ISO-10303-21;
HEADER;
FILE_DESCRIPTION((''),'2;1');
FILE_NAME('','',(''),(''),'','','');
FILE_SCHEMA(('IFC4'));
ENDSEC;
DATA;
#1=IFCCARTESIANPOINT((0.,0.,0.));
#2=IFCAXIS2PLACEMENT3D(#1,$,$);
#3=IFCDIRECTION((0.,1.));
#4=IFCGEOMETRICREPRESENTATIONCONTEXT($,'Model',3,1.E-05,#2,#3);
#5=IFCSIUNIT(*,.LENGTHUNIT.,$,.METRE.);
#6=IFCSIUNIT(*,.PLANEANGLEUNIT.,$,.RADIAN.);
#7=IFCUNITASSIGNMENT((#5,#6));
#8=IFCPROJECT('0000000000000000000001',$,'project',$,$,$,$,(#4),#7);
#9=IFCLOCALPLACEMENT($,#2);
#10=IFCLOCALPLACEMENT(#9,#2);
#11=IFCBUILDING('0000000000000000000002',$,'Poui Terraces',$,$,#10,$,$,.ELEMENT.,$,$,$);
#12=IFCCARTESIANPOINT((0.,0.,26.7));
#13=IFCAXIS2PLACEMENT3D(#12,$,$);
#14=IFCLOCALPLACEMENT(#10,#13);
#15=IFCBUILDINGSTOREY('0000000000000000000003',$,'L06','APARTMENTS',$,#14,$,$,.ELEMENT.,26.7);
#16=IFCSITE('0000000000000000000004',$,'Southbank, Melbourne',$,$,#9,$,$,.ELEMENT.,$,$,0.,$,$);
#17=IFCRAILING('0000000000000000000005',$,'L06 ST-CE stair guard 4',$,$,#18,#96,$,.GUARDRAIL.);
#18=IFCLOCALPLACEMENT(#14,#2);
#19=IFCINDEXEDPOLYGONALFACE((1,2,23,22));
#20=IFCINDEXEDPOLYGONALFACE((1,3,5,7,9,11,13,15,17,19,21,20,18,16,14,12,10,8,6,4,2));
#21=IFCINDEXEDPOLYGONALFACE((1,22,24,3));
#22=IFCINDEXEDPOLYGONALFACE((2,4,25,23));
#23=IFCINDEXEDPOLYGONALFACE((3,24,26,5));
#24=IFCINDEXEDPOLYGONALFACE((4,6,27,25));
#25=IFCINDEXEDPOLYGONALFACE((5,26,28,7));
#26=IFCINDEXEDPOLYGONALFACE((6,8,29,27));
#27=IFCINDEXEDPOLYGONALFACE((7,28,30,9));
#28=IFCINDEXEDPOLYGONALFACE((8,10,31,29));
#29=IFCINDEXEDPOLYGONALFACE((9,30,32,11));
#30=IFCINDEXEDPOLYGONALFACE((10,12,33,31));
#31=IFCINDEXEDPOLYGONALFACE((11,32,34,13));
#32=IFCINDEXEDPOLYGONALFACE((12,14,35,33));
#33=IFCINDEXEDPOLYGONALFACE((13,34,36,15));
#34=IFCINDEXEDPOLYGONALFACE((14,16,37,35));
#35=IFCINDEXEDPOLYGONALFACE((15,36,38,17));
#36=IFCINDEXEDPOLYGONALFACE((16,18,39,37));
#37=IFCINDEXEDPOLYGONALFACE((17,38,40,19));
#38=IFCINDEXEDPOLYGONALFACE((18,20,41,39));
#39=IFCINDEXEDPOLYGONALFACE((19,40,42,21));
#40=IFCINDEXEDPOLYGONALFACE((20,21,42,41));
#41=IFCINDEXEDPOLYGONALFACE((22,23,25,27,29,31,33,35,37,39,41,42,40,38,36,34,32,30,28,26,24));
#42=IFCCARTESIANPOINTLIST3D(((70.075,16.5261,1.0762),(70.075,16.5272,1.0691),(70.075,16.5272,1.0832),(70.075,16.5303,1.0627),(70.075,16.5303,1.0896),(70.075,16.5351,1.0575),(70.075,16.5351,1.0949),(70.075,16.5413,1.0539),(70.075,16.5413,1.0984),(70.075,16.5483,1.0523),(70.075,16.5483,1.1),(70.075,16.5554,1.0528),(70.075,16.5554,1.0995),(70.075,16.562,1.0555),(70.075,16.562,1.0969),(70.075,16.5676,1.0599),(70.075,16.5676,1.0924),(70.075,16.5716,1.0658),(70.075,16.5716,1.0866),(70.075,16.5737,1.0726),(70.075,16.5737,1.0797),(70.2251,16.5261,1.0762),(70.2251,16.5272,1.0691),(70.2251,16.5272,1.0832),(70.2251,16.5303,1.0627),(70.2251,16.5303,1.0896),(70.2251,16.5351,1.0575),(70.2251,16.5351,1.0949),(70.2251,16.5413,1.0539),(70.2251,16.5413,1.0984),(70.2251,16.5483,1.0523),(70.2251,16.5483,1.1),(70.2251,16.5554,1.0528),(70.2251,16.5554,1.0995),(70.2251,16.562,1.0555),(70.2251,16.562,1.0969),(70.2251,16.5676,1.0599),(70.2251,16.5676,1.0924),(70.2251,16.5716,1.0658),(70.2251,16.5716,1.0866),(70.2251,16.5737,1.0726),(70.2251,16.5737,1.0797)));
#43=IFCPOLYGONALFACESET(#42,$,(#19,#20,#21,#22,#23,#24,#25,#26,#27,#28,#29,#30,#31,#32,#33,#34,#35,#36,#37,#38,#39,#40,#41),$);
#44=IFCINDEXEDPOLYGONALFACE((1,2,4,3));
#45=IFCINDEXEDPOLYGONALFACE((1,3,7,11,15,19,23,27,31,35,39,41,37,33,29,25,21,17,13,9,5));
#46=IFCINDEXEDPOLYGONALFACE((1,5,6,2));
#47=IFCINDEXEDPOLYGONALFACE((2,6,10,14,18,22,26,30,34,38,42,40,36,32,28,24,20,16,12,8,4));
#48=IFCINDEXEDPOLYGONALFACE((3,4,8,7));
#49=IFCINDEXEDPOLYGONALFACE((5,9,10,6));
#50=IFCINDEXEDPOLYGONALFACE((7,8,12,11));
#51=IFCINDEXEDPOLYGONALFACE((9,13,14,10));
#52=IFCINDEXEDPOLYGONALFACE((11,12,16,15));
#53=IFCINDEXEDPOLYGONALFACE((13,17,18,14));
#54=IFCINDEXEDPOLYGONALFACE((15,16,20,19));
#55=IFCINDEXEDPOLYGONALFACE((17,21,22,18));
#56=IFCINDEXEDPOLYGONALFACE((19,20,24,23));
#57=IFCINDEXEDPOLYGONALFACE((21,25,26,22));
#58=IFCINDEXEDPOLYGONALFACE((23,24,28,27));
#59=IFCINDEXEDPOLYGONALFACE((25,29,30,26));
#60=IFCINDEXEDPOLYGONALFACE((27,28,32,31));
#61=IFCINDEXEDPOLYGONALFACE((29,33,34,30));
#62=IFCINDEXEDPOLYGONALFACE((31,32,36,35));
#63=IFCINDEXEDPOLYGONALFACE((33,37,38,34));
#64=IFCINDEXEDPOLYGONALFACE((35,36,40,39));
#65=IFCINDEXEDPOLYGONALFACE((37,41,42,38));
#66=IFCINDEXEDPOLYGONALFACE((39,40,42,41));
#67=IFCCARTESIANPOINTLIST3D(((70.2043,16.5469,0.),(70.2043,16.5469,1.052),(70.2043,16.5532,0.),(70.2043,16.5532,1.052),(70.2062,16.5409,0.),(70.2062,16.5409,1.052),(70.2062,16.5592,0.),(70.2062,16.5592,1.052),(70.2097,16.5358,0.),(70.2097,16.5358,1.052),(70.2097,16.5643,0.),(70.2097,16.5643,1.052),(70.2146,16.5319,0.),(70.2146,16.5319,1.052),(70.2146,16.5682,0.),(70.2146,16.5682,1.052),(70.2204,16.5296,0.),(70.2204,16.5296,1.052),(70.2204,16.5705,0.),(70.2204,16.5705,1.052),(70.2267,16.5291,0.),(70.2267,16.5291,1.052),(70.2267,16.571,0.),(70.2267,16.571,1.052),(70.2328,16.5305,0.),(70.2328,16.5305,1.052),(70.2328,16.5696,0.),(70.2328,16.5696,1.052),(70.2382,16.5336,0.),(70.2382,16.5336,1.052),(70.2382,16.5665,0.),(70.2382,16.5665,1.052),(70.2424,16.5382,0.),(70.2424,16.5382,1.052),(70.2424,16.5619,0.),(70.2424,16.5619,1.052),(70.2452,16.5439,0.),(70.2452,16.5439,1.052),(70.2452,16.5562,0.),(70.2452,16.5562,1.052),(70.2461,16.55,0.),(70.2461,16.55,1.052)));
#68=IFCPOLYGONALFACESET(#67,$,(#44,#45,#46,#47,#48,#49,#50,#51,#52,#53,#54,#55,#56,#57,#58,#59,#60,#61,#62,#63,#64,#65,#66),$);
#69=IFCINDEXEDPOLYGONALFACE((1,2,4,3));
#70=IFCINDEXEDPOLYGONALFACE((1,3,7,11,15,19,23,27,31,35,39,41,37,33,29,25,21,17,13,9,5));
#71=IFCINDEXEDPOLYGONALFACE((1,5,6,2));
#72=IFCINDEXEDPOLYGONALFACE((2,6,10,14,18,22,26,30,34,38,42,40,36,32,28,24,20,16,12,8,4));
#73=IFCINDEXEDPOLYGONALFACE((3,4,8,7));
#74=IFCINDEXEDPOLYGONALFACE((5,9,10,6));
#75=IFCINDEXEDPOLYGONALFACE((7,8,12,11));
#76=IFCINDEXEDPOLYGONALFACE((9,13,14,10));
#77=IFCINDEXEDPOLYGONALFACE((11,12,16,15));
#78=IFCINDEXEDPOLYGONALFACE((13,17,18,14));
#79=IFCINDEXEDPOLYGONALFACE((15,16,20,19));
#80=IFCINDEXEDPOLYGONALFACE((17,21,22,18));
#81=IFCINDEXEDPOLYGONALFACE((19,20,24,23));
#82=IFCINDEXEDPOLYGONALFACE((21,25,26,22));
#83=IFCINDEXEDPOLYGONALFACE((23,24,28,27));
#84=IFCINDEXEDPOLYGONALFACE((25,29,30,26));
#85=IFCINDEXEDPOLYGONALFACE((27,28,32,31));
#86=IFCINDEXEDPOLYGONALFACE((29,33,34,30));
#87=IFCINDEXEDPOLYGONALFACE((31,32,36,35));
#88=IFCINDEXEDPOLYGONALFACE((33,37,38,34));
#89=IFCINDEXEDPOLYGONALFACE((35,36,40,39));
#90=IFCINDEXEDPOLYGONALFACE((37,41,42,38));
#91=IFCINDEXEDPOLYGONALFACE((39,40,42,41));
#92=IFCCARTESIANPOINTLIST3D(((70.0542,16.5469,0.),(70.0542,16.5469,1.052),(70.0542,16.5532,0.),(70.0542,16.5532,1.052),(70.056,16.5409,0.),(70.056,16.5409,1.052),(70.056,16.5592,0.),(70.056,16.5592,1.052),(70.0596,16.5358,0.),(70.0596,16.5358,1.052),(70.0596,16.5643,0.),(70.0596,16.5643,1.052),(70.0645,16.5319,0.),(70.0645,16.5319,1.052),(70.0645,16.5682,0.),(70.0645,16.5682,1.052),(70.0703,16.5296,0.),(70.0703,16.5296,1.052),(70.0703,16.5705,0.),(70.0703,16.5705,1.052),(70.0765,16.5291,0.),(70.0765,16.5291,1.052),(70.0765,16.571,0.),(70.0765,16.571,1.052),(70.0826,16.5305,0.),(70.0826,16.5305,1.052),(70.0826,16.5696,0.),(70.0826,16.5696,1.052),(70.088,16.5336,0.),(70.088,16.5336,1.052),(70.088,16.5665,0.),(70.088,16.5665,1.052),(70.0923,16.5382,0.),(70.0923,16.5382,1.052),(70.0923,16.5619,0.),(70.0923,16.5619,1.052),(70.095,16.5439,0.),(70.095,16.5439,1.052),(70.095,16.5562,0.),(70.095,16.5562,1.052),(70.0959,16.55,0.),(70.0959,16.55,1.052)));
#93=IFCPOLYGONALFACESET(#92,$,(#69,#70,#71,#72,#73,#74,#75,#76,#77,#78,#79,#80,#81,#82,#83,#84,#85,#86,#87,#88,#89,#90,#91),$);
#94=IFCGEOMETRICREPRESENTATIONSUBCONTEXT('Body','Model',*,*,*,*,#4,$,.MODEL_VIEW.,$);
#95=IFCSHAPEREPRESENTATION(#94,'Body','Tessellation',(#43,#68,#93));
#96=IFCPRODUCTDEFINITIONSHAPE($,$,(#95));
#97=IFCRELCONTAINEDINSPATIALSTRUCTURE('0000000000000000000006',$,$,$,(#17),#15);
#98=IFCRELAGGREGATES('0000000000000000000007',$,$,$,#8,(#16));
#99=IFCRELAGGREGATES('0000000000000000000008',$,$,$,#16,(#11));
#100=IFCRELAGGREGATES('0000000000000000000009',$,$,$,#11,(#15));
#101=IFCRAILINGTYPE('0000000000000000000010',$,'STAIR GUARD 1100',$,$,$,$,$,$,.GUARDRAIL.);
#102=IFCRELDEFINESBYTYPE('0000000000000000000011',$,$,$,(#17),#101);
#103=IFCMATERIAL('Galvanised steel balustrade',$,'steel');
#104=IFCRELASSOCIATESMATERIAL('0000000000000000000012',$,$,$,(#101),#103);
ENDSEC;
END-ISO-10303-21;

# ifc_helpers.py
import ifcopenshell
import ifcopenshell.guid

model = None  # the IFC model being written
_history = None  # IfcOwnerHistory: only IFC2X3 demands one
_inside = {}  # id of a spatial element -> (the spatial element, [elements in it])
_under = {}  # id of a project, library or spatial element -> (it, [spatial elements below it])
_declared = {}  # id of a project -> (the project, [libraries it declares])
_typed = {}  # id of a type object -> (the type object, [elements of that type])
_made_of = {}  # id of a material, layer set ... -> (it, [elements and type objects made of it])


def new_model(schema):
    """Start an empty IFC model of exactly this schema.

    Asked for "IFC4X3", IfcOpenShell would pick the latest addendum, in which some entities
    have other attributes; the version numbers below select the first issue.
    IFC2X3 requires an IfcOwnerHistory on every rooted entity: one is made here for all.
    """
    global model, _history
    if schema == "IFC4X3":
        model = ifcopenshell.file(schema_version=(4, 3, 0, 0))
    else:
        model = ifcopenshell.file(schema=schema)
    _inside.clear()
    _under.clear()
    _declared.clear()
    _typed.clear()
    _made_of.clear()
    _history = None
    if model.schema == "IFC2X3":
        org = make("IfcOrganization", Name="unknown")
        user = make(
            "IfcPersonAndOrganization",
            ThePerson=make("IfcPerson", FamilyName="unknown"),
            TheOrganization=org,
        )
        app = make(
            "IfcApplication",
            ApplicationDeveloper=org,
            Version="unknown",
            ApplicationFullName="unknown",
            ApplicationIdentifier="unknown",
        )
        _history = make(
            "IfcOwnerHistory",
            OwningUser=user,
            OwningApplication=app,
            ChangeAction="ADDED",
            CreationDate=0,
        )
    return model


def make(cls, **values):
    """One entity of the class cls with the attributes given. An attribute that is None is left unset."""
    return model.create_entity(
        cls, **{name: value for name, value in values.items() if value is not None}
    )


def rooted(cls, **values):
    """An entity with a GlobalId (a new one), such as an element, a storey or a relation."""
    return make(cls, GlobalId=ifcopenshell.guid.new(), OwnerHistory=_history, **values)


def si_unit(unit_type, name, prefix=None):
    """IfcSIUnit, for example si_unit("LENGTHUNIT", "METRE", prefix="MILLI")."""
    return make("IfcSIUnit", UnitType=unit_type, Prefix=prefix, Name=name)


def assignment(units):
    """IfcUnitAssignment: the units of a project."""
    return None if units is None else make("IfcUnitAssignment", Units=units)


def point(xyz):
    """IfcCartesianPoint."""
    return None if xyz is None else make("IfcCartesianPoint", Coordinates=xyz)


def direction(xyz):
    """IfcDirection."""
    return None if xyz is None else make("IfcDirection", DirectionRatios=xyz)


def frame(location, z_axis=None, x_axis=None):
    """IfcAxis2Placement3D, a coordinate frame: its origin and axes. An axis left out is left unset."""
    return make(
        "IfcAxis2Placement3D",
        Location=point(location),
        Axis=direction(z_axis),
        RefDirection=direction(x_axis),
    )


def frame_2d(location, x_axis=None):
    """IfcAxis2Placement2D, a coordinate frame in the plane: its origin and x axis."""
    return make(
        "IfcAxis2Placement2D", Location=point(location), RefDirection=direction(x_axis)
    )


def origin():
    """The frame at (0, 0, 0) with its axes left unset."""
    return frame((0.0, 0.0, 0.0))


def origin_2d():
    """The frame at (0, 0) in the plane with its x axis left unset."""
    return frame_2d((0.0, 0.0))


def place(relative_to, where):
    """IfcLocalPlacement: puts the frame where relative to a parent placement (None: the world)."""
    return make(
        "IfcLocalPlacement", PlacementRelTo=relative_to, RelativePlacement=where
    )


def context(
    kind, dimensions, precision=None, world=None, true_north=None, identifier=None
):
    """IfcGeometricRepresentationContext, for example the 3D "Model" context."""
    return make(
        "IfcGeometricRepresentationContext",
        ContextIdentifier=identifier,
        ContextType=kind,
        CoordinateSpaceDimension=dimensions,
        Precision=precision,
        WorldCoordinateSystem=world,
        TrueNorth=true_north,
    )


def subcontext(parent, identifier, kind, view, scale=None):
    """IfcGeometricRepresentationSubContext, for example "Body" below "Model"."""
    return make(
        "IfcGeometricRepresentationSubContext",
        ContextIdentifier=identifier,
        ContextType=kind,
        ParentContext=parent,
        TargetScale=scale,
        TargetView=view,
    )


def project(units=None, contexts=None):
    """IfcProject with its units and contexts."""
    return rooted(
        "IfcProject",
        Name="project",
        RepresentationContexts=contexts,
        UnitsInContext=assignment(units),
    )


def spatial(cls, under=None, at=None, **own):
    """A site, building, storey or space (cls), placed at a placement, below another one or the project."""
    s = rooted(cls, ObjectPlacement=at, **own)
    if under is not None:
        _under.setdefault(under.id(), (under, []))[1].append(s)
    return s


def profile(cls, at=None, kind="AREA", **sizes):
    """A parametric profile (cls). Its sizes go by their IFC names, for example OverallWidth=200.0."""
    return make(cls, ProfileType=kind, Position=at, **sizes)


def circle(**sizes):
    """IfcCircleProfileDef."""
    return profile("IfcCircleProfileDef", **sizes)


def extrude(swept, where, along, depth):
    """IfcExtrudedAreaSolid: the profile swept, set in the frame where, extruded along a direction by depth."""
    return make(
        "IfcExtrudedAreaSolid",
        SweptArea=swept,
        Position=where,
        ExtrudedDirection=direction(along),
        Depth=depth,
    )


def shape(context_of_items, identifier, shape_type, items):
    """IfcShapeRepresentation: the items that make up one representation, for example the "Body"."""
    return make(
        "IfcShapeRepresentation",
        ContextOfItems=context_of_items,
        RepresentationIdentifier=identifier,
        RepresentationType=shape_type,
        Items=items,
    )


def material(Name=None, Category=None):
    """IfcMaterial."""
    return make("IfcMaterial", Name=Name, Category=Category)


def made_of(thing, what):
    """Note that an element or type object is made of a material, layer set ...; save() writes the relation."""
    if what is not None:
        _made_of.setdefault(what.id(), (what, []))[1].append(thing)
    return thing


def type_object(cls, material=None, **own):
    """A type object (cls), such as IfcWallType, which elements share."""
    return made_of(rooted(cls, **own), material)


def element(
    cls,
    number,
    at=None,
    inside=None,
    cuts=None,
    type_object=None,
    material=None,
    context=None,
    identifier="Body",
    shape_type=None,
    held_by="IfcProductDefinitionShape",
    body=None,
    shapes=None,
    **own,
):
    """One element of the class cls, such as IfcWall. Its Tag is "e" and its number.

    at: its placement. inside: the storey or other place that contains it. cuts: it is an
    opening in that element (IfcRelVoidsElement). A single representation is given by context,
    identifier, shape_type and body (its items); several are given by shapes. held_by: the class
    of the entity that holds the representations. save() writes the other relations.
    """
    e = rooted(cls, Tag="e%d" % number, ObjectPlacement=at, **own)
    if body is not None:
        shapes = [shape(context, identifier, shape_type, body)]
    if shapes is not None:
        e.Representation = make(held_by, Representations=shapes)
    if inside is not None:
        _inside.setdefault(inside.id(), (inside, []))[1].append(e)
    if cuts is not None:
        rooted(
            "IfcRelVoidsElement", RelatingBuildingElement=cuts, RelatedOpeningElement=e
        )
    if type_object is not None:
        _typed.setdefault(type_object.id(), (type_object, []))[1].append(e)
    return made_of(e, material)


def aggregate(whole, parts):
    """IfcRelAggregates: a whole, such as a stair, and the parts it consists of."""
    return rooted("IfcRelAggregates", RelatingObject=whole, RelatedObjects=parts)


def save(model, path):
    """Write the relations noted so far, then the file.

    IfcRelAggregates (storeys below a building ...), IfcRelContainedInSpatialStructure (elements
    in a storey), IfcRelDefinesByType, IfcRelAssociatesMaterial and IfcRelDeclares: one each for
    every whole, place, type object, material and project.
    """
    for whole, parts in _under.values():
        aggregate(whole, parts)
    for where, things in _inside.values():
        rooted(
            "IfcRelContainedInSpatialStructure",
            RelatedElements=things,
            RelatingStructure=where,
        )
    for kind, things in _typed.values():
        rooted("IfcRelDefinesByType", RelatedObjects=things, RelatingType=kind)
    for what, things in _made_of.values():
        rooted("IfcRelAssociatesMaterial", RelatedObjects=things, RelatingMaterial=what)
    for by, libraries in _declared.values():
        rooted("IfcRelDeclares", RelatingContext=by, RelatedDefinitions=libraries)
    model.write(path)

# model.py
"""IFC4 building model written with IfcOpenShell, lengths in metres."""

from ifc_helpers import new_model, si_unit, direction, frame, origin, origin_2d, place, context, subcontext, project, spatial, circle, extrude, material, type_object, element, save


model = new_model("IFC4")

# Units and contexts
model_context = context("Model", 3, precision=1e-05, world=origin(), true_north=direction((0.0, 1.0)))
body_context = subcontext(model_context, "Body", "Model", "MODEL_VIEW")
ifc_project = project(units=[si_unit("LENGTHUNIT", "METRE"), si_unit("PLANEANGLEUNIT", "RADIAN")], contexts=[model_context])

# Site, building, storey
site_placement = place(None, origin())
site = spatial("IfcSite", under=ifc_project, at=site_placement, Name="Southbank, Melbourne", CompositionType="ELEMENT", RefElevation=0.0)
building_placement = place(site_placement, origin())
building = spatial("IfcBuilding", under=site, at=building_placement, Name="Poui Terraces", CompositionType="ELEMENT")
storey_placement = place(building_placement, frame((0.0, 0.0, 26.7)))
storey = spatial("IfcBuildingStorey", under=building, at=storey_placement, Name="L06", Description="APARTMENTS", CompositionType="ELEMENT", Elevation=26.7)

# Railing
ifc_material_1 = material(Name="Galvanised steel balustrade", Category="steel")
railing_type_1 = type_object("IfcRailingType", Name="STAIR GUARD 1100", PredefinedType="GUARDRAIL", material=ifc_material_1)
railing_1_placement = place(storey_placement, frame((70.2251, 16.55, 0.0)))
element("IfcRailing", 1, at=railing_1_placement, inside=storey, type_object=railing_type_1, Name="L06 ST-CE stair guard 4", PredefinedType="GUARDRAIL", context=body_context, shape_type="SweptSolid", body=[
    extrude(circle(Radius=0.0239, at=origin_2d()), frame((0.0, 0.0, 1.0762), z_axis=(-1.0, 0.0, 0.0), x_axis=(0.0, -1.0, 0.0)), (0.0, 0.0, 1.0), 0.1501),
    extrude(circle(Radius=0.021, at=origin_2d()), origin(), (0.0, 0.0, 1.0), 1.052),
    extrude(circle(Radius=0.021, at=origin_2d()), frame((-0.1501, 0.0, 0.0)), (0.0, 0.0, 1.0), 1.052),
])

save(model, "model.ifc")
